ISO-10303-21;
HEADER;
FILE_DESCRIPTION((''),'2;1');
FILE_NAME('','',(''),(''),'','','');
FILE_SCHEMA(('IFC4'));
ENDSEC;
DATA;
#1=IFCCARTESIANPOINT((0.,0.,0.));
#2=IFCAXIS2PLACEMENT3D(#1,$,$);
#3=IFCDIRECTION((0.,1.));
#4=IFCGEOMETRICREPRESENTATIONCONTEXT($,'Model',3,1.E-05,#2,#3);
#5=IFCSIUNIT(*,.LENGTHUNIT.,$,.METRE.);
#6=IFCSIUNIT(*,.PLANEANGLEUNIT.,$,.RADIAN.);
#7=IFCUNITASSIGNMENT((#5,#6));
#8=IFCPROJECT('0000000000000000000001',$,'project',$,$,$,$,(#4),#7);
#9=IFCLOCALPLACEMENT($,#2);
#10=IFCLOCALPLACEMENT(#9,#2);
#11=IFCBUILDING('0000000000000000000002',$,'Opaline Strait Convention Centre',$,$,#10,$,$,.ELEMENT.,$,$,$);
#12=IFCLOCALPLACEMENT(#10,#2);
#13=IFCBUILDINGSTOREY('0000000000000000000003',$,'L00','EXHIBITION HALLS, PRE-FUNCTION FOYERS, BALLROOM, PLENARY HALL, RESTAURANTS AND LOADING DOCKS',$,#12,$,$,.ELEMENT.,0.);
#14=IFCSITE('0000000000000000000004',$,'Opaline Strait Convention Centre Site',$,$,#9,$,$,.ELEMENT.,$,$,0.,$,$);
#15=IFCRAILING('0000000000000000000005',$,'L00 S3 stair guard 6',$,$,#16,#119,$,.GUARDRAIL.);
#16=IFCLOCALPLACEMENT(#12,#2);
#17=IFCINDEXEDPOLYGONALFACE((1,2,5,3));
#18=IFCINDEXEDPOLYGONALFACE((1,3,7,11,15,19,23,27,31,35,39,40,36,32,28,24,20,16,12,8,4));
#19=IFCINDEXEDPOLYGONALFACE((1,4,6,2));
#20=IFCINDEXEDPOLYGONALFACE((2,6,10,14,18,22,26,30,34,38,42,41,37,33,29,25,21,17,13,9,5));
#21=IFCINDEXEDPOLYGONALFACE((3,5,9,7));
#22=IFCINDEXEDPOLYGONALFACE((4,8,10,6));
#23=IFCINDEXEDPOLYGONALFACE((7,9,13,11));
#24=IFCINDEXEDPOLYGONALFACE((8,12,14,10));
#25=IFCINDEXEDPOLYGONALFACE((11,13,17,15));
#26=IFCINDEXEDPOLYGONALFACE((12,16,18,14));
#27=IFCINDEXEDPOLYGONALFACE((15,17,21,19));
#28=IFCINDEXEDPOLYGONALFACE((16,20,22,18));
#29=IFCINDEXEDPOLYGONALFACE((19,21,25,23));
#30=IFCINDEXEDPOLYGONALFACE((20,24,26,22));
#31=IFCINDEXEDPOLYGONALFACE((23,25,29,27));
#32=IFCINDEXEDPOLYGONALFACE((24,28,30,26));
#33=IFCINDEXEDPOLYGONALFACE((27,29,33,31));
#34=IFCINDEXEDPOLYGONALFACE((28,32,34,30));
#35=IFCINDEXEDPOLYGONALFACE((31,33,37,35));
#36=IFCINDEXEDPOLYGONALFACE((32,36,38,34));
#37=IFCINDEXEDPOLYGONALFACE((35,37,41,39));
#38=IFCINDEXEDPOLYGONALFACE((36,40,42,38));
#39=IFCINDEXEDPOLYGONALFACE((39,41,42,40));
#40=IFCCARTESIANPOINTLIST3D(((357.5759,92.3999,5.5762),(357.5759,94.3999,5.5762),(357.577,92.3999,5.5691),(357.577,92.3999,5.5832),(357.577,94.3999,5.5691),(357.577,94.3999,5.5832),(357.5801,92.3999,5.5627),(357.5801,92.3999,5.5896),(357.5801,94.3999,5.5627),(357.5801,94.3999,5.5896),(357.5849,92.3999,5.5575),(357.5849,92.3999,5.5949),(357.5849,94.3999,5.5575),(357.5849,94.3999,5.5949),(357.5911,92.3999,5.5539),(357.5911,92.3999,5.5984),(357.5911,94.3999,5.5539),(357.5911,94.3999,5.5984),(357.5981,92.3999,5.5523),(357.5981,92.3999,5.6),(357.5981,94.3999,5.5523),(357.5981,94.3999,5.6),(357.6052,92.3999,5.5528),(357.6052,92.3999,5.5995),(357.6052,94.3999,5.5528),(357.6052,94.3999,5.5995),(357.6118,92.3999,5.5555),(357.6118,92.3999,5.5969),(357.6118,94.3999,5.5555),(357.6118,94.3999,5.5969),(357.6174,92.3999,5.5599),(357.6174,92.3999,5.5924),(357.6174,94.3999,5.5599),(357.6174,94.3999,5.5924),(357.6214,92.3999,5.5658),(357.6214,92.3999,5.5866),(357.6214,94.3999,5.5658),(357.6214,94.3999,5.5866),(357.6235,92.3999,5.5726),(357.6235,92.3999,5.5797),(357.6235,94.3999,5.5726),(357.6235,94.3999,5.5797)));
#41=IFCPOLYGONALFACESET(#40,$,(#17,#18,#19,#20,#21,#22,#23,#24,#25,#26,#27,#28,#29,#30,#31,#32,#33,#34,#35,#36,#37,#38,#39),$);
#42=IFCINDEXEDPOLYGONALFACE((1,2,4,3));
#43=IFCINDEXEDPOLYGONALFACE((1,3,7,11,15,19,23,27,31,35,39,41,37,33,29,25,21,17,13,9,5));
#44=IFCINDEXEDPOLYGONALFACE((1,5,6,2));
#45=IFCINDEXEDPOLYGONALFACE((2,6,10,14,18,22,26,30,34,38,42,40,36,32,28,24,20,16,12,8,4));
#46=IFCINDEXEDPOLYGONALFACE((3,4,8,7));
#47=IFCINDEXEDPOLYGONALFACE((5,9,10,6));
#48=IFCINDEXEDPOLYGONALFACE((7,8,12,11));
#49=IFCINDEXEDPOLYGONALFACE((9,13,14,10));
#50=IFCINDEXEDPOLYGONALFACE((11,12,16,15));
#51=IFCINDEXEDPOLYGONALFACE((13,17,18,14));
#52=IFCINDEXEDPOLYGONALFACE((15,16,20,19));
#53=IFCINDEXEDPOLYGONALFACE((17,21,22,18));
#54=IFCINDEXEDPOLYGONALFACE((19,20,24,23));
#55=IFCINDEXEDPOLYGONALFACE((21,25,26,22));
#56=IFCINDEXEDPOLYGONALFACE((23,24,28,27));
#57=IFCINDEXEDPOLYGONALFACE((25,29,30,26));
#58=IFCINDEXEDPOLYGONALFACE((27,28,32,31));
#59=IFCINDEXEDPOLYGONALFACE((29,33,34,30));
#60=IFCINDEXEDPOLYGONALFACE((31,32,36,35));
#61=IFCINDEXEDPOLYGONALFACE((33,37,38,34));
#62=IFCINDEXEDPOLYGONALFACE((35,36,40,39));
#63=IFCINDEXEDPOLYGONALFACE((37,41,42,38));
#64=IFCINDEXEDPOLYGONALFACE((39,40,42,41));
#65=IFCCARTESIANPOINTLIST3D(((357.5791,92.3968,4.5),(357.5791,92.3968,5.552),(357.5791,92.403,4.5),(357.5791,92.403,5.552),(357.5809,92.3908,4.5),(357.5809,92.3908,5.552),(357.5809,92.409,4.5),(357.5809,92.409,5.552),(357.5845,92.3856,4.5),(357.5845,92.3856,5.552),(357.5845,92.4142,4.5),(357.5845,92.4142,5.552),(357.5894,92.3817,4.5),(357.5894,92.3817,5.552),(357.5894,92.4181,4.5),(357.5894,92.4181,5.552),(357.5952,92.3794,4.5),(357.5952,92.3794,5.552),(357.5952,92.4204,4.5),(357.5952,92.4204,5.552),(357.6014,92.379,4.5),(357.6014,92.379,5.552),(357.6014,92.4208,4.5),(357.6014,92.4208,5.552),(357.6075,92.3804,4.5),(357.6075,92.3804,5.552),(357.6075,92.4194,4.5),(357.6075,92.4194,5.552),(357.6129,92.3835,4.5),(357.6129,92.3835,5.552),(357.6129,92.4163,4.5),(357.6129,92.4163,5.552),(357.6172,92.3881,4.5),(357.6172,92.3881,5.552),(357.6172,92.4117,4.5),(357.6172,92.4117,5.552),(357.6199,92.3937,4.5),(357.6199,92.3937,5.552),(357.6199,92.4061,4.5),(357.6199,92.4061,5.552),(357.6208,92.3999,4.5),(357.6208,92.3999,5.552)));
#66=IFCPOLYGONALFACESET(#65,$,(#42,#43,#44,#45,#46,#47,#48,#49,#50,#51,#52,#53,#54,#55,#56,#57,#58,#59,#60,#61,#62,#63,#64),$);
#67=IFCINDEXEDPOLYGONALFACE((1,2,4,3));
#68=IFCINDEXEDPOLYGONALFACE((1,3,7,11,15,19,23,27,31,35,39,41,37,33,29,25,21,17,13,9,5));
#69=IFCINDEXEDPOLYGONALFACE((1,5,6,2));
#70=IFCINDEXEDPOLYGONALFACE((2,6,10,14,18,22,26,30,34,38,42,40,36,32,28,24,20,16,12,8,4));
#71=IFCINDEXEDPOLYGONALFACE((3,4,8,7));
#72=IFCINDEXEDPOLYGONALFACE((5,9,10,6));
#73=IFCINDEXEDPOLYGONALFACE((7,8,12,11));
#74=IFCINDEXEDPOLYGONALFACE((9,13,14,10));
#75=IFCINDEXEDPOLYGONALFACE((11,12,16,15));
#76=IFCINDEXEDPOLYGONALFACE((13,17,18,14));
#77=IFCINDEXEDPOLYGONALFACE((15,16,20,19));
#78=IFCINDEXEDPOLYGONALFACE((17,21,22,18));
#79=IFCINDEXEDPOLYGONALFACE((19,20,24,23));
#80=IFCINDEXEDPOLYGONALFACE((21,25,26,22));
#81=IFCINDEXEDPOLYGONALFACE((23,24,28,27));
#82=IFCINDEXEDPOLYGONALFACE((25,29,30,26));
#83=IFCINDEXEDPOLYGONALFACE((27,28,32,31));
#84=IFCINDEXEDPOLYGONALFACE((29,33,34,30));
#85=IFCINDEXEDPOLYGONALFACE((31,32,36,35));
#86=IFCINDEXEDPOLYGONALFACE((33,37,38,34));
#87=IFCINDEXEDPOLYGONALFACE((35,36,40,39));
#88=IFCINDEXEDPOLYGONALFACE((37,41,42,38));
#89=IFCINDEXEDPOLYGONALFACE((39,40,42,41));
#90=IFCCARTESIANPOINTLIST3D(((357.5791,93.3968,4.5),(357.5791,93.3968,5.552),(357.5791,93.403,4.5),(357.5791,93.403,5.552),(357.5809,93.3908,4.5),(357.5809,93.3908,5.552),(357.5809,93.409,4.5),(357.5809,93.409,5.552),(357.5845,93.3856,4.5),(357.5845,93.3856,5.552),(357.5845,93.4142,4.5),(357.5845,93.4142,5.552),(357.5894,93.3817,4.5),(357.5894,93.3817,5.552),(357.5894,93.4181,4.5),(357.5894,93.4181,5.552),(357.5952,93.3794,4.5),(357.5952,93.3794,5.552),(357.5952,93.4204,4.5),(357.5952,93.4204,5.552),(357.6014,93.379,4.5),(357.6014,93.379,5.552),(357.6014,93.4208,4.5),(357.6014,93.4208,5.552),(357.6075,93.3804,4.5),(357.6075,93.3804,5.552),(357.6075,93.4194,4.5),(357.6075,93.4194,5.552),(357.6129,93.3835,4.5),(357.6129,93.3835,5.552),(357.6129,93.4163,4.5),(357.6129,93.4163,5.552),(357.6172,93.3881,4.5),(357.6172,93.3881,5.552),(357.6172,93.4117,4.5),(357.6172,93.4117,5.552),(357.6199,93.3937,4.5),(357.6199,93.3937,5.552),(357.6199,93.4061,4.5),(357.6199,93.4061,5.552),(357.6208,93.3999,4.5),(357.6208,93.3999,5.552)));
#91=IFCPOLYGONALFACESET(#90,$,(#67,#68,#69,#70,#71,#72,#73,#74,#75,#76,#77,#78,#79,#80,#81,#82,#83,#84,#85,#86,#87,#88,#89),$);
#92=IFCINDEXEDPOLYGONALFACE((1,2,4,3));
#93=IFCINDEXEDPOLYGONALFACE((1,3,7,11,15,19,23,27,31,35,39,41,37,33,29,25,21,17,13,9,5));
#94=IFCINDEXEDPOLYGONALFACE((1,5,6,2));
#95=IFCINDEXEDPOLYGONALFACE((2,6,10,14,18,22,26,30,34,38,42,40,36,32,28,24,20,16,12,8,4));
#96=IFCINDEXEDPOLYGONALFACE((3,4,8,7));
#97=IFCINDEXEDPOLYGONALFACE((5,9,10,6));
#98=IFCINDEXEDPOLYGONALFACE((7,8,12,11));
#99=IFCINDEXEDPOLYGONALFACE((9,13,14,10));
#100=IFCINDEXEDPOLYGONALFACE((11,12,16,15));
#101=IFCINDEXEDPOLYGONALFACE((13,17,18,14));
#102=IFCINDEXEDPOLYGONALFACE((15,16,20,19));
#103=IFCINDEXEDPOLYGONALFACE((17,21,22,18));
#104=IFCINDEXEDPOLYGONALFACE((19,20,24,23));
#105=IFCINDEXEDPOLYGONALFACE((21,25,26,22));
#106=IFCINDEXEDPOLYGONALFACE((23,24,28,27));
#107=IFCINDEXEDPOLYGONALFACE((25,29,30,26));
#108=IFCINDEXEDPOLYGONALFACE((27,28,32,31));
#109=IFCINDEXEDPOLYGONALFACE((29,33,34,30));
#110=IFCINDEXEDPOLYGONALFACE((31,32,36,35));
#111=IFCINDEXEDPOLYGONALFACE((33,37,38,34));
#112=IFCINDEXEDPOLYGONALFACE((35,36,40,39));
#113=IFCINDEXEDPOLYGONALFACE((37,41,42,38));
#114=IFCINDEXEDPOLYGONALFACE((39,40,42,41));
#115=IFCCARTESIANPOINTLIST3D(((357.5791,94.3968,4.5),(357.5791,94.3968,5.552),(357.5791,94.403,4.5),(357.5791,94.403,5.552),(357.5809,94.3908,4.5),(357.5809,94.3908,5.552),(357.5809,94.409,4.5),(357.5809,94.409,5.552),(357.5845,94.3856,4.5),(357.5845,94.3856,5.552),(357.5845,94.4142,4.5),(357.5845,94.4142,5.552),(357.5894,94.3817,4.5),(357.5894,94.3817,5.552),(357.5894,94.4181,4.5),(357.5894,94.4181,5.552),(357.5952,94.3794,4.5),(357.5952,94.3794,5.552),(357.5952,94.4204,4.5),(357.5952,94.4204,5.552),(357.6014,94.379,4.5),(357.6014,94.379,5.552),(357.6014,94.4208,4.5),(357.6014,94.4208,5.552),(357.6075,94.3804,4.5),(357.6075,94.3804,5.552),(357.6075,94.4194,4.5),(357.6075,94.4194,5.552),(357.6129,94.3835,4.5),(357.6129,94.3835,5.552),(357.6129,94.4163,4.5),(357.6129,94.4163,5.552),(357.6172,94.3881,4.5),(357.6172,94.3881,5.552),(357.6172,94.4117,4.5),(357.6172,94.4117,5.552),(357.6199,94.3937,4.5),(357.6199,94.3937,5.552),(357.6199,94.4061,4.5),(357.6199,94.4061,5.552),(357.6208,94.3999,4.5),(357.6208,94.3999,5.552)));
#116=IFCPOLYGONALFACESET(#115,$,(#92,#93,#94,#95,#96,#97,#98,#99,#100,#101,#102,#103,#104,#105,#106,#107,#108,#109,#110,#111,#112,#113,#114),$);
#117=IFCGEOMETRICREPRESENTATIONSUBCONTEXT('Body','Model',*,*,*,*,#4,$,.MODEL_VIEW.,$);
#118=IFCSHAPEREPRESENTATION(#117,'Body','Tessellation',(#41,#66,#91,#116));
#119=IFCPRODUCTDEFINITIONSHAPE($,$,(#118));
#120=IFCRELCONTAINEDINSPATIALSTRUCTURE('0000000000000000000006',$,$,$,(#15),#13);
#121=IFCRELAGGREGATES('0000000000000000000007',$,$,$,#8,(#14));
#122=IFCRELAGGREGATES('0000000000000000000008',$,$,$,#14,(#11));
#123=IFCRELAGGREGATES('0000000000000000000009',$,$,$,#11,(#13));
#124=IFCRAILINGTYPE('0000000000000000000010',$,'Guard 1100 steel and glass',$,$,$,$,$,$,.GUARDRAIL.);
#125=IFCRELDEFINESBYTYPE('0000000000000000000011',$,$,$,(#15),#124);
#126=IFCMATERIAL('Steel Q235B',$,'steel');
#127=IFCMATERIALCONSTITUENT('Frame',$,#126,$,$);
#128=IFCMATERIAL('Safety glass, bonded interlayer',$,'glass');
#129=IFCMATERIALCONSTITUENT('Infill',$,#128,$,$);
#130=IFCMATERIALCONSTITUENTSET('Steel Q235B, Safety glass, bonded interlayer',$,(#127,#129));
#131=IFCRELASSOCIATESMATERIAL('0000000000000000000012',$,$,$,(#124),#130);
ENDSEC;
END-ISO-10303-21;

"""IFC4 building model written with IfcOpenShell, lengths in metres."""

from ifc_helpers import new_model, si_unit, direction, frame, origin, origin_2d, place, context, subcontext, project, spatial, circle, extrude, material, constituent, constituent_set, type_object, element, save


model = new_model("IFC4")

# Units and contexts
model_context = context("Model", 3, precision=1e-05, world=origin(), true_north=direction((0.0, 1.0)))
body_context = subcontext(model_context, "Body", "Model", "MODEL_VIEW")
ifc_project = project(units=[si_unit("LENGTHUNIT", "METRE"), si_unit("PLANEANGLEUNIT", "RADIAN")], contexts=[model_context])

# Site, building, storey
site_placement = place(None, origin())
site = spatial("IfcSite", under=ifc_project, at=site_placement, Name="Opaline Strait Convention Centre Site", CompositionType="ELEMENT", RefElevation=0.0)
building_placement = place(site_placement, origin())
building = spatial("IfcBuilding", under=site, at=building_placement, Name="Opaline Strait Convention Centre", CompositionType="ELEMENT")
storey_placement = place(building_placement, origin())
storey = spatial("IfcBuildingStorey", under=building, at=storey_placement, Name="L00", Description="EXHIBITION HALLS, PRE-FUNCTION FOYERS, BALLROOM, PLENARY HALL, RESTAURANTS AND LOADING DOCKS", CompositionType="ELEMENT", Elevation=0.0)

# Railing
ifc_material_1 = material(Name="Steel Q235B", Category="steel")
ifc_constituent_1 = constituent(ifc_material_1, Name="Frame")
ifc_material_2 = material(Name="Safety glass, bonded interlayer", Category="glass")
ifc_constituent_2 = constituent(ifc_material_2, Name="Infill")
ifc_constituent_set = constituent_set(constituents=[ifc_constituent_1, ifc_constituent_2], Name="Steel Q235B, Safety glass, bonded interlayer")
railing_type_1 = type_object("IfcRailingType", Name="Guard 1100 steel and glass", PredefinedType="GUARDRAIL", material=ifc_constituent_set)
for number, where, name in (
    (1, (357.5999, 92.3999, 4.5), "L00 S3 stair guard 6"),
):
    element("IfcRailing", number, at=place(storey_placement, frame(where)), inside=storey, type_object=railing_type_1, Name=name, PredefinedType="GUARDRAIL", context=body_context, shape_type="SweptSolid", body=[
        extrude(circle(Radius=0.0239, at=origin_2d()), frame((0.0, 0.0, 1.0762), z_axis=(0.0, 1.0, 0.0), x_axis=(-1.0, 0.0, 0.0)), (0.0, 0.0, 1.0), 2.0),
        extrude(circle(Radius=0.021, at=origin_2d()), origin(), (0.0, 0.0, 1.0), 1.052),
        extrude(circle(Radius=0.021, at=origin_2d()), frame((0.0, 1.0, 0.0)), (0.0, 0.0, 1.0), 1.052),
        extrude(circle(Radius=0.021, at=origin_2d()), frame((0.0, 2.0, 0.0)), (0.0, 0.0, 1.0), 1.052),
    ])

save(model, "model.ifc")
